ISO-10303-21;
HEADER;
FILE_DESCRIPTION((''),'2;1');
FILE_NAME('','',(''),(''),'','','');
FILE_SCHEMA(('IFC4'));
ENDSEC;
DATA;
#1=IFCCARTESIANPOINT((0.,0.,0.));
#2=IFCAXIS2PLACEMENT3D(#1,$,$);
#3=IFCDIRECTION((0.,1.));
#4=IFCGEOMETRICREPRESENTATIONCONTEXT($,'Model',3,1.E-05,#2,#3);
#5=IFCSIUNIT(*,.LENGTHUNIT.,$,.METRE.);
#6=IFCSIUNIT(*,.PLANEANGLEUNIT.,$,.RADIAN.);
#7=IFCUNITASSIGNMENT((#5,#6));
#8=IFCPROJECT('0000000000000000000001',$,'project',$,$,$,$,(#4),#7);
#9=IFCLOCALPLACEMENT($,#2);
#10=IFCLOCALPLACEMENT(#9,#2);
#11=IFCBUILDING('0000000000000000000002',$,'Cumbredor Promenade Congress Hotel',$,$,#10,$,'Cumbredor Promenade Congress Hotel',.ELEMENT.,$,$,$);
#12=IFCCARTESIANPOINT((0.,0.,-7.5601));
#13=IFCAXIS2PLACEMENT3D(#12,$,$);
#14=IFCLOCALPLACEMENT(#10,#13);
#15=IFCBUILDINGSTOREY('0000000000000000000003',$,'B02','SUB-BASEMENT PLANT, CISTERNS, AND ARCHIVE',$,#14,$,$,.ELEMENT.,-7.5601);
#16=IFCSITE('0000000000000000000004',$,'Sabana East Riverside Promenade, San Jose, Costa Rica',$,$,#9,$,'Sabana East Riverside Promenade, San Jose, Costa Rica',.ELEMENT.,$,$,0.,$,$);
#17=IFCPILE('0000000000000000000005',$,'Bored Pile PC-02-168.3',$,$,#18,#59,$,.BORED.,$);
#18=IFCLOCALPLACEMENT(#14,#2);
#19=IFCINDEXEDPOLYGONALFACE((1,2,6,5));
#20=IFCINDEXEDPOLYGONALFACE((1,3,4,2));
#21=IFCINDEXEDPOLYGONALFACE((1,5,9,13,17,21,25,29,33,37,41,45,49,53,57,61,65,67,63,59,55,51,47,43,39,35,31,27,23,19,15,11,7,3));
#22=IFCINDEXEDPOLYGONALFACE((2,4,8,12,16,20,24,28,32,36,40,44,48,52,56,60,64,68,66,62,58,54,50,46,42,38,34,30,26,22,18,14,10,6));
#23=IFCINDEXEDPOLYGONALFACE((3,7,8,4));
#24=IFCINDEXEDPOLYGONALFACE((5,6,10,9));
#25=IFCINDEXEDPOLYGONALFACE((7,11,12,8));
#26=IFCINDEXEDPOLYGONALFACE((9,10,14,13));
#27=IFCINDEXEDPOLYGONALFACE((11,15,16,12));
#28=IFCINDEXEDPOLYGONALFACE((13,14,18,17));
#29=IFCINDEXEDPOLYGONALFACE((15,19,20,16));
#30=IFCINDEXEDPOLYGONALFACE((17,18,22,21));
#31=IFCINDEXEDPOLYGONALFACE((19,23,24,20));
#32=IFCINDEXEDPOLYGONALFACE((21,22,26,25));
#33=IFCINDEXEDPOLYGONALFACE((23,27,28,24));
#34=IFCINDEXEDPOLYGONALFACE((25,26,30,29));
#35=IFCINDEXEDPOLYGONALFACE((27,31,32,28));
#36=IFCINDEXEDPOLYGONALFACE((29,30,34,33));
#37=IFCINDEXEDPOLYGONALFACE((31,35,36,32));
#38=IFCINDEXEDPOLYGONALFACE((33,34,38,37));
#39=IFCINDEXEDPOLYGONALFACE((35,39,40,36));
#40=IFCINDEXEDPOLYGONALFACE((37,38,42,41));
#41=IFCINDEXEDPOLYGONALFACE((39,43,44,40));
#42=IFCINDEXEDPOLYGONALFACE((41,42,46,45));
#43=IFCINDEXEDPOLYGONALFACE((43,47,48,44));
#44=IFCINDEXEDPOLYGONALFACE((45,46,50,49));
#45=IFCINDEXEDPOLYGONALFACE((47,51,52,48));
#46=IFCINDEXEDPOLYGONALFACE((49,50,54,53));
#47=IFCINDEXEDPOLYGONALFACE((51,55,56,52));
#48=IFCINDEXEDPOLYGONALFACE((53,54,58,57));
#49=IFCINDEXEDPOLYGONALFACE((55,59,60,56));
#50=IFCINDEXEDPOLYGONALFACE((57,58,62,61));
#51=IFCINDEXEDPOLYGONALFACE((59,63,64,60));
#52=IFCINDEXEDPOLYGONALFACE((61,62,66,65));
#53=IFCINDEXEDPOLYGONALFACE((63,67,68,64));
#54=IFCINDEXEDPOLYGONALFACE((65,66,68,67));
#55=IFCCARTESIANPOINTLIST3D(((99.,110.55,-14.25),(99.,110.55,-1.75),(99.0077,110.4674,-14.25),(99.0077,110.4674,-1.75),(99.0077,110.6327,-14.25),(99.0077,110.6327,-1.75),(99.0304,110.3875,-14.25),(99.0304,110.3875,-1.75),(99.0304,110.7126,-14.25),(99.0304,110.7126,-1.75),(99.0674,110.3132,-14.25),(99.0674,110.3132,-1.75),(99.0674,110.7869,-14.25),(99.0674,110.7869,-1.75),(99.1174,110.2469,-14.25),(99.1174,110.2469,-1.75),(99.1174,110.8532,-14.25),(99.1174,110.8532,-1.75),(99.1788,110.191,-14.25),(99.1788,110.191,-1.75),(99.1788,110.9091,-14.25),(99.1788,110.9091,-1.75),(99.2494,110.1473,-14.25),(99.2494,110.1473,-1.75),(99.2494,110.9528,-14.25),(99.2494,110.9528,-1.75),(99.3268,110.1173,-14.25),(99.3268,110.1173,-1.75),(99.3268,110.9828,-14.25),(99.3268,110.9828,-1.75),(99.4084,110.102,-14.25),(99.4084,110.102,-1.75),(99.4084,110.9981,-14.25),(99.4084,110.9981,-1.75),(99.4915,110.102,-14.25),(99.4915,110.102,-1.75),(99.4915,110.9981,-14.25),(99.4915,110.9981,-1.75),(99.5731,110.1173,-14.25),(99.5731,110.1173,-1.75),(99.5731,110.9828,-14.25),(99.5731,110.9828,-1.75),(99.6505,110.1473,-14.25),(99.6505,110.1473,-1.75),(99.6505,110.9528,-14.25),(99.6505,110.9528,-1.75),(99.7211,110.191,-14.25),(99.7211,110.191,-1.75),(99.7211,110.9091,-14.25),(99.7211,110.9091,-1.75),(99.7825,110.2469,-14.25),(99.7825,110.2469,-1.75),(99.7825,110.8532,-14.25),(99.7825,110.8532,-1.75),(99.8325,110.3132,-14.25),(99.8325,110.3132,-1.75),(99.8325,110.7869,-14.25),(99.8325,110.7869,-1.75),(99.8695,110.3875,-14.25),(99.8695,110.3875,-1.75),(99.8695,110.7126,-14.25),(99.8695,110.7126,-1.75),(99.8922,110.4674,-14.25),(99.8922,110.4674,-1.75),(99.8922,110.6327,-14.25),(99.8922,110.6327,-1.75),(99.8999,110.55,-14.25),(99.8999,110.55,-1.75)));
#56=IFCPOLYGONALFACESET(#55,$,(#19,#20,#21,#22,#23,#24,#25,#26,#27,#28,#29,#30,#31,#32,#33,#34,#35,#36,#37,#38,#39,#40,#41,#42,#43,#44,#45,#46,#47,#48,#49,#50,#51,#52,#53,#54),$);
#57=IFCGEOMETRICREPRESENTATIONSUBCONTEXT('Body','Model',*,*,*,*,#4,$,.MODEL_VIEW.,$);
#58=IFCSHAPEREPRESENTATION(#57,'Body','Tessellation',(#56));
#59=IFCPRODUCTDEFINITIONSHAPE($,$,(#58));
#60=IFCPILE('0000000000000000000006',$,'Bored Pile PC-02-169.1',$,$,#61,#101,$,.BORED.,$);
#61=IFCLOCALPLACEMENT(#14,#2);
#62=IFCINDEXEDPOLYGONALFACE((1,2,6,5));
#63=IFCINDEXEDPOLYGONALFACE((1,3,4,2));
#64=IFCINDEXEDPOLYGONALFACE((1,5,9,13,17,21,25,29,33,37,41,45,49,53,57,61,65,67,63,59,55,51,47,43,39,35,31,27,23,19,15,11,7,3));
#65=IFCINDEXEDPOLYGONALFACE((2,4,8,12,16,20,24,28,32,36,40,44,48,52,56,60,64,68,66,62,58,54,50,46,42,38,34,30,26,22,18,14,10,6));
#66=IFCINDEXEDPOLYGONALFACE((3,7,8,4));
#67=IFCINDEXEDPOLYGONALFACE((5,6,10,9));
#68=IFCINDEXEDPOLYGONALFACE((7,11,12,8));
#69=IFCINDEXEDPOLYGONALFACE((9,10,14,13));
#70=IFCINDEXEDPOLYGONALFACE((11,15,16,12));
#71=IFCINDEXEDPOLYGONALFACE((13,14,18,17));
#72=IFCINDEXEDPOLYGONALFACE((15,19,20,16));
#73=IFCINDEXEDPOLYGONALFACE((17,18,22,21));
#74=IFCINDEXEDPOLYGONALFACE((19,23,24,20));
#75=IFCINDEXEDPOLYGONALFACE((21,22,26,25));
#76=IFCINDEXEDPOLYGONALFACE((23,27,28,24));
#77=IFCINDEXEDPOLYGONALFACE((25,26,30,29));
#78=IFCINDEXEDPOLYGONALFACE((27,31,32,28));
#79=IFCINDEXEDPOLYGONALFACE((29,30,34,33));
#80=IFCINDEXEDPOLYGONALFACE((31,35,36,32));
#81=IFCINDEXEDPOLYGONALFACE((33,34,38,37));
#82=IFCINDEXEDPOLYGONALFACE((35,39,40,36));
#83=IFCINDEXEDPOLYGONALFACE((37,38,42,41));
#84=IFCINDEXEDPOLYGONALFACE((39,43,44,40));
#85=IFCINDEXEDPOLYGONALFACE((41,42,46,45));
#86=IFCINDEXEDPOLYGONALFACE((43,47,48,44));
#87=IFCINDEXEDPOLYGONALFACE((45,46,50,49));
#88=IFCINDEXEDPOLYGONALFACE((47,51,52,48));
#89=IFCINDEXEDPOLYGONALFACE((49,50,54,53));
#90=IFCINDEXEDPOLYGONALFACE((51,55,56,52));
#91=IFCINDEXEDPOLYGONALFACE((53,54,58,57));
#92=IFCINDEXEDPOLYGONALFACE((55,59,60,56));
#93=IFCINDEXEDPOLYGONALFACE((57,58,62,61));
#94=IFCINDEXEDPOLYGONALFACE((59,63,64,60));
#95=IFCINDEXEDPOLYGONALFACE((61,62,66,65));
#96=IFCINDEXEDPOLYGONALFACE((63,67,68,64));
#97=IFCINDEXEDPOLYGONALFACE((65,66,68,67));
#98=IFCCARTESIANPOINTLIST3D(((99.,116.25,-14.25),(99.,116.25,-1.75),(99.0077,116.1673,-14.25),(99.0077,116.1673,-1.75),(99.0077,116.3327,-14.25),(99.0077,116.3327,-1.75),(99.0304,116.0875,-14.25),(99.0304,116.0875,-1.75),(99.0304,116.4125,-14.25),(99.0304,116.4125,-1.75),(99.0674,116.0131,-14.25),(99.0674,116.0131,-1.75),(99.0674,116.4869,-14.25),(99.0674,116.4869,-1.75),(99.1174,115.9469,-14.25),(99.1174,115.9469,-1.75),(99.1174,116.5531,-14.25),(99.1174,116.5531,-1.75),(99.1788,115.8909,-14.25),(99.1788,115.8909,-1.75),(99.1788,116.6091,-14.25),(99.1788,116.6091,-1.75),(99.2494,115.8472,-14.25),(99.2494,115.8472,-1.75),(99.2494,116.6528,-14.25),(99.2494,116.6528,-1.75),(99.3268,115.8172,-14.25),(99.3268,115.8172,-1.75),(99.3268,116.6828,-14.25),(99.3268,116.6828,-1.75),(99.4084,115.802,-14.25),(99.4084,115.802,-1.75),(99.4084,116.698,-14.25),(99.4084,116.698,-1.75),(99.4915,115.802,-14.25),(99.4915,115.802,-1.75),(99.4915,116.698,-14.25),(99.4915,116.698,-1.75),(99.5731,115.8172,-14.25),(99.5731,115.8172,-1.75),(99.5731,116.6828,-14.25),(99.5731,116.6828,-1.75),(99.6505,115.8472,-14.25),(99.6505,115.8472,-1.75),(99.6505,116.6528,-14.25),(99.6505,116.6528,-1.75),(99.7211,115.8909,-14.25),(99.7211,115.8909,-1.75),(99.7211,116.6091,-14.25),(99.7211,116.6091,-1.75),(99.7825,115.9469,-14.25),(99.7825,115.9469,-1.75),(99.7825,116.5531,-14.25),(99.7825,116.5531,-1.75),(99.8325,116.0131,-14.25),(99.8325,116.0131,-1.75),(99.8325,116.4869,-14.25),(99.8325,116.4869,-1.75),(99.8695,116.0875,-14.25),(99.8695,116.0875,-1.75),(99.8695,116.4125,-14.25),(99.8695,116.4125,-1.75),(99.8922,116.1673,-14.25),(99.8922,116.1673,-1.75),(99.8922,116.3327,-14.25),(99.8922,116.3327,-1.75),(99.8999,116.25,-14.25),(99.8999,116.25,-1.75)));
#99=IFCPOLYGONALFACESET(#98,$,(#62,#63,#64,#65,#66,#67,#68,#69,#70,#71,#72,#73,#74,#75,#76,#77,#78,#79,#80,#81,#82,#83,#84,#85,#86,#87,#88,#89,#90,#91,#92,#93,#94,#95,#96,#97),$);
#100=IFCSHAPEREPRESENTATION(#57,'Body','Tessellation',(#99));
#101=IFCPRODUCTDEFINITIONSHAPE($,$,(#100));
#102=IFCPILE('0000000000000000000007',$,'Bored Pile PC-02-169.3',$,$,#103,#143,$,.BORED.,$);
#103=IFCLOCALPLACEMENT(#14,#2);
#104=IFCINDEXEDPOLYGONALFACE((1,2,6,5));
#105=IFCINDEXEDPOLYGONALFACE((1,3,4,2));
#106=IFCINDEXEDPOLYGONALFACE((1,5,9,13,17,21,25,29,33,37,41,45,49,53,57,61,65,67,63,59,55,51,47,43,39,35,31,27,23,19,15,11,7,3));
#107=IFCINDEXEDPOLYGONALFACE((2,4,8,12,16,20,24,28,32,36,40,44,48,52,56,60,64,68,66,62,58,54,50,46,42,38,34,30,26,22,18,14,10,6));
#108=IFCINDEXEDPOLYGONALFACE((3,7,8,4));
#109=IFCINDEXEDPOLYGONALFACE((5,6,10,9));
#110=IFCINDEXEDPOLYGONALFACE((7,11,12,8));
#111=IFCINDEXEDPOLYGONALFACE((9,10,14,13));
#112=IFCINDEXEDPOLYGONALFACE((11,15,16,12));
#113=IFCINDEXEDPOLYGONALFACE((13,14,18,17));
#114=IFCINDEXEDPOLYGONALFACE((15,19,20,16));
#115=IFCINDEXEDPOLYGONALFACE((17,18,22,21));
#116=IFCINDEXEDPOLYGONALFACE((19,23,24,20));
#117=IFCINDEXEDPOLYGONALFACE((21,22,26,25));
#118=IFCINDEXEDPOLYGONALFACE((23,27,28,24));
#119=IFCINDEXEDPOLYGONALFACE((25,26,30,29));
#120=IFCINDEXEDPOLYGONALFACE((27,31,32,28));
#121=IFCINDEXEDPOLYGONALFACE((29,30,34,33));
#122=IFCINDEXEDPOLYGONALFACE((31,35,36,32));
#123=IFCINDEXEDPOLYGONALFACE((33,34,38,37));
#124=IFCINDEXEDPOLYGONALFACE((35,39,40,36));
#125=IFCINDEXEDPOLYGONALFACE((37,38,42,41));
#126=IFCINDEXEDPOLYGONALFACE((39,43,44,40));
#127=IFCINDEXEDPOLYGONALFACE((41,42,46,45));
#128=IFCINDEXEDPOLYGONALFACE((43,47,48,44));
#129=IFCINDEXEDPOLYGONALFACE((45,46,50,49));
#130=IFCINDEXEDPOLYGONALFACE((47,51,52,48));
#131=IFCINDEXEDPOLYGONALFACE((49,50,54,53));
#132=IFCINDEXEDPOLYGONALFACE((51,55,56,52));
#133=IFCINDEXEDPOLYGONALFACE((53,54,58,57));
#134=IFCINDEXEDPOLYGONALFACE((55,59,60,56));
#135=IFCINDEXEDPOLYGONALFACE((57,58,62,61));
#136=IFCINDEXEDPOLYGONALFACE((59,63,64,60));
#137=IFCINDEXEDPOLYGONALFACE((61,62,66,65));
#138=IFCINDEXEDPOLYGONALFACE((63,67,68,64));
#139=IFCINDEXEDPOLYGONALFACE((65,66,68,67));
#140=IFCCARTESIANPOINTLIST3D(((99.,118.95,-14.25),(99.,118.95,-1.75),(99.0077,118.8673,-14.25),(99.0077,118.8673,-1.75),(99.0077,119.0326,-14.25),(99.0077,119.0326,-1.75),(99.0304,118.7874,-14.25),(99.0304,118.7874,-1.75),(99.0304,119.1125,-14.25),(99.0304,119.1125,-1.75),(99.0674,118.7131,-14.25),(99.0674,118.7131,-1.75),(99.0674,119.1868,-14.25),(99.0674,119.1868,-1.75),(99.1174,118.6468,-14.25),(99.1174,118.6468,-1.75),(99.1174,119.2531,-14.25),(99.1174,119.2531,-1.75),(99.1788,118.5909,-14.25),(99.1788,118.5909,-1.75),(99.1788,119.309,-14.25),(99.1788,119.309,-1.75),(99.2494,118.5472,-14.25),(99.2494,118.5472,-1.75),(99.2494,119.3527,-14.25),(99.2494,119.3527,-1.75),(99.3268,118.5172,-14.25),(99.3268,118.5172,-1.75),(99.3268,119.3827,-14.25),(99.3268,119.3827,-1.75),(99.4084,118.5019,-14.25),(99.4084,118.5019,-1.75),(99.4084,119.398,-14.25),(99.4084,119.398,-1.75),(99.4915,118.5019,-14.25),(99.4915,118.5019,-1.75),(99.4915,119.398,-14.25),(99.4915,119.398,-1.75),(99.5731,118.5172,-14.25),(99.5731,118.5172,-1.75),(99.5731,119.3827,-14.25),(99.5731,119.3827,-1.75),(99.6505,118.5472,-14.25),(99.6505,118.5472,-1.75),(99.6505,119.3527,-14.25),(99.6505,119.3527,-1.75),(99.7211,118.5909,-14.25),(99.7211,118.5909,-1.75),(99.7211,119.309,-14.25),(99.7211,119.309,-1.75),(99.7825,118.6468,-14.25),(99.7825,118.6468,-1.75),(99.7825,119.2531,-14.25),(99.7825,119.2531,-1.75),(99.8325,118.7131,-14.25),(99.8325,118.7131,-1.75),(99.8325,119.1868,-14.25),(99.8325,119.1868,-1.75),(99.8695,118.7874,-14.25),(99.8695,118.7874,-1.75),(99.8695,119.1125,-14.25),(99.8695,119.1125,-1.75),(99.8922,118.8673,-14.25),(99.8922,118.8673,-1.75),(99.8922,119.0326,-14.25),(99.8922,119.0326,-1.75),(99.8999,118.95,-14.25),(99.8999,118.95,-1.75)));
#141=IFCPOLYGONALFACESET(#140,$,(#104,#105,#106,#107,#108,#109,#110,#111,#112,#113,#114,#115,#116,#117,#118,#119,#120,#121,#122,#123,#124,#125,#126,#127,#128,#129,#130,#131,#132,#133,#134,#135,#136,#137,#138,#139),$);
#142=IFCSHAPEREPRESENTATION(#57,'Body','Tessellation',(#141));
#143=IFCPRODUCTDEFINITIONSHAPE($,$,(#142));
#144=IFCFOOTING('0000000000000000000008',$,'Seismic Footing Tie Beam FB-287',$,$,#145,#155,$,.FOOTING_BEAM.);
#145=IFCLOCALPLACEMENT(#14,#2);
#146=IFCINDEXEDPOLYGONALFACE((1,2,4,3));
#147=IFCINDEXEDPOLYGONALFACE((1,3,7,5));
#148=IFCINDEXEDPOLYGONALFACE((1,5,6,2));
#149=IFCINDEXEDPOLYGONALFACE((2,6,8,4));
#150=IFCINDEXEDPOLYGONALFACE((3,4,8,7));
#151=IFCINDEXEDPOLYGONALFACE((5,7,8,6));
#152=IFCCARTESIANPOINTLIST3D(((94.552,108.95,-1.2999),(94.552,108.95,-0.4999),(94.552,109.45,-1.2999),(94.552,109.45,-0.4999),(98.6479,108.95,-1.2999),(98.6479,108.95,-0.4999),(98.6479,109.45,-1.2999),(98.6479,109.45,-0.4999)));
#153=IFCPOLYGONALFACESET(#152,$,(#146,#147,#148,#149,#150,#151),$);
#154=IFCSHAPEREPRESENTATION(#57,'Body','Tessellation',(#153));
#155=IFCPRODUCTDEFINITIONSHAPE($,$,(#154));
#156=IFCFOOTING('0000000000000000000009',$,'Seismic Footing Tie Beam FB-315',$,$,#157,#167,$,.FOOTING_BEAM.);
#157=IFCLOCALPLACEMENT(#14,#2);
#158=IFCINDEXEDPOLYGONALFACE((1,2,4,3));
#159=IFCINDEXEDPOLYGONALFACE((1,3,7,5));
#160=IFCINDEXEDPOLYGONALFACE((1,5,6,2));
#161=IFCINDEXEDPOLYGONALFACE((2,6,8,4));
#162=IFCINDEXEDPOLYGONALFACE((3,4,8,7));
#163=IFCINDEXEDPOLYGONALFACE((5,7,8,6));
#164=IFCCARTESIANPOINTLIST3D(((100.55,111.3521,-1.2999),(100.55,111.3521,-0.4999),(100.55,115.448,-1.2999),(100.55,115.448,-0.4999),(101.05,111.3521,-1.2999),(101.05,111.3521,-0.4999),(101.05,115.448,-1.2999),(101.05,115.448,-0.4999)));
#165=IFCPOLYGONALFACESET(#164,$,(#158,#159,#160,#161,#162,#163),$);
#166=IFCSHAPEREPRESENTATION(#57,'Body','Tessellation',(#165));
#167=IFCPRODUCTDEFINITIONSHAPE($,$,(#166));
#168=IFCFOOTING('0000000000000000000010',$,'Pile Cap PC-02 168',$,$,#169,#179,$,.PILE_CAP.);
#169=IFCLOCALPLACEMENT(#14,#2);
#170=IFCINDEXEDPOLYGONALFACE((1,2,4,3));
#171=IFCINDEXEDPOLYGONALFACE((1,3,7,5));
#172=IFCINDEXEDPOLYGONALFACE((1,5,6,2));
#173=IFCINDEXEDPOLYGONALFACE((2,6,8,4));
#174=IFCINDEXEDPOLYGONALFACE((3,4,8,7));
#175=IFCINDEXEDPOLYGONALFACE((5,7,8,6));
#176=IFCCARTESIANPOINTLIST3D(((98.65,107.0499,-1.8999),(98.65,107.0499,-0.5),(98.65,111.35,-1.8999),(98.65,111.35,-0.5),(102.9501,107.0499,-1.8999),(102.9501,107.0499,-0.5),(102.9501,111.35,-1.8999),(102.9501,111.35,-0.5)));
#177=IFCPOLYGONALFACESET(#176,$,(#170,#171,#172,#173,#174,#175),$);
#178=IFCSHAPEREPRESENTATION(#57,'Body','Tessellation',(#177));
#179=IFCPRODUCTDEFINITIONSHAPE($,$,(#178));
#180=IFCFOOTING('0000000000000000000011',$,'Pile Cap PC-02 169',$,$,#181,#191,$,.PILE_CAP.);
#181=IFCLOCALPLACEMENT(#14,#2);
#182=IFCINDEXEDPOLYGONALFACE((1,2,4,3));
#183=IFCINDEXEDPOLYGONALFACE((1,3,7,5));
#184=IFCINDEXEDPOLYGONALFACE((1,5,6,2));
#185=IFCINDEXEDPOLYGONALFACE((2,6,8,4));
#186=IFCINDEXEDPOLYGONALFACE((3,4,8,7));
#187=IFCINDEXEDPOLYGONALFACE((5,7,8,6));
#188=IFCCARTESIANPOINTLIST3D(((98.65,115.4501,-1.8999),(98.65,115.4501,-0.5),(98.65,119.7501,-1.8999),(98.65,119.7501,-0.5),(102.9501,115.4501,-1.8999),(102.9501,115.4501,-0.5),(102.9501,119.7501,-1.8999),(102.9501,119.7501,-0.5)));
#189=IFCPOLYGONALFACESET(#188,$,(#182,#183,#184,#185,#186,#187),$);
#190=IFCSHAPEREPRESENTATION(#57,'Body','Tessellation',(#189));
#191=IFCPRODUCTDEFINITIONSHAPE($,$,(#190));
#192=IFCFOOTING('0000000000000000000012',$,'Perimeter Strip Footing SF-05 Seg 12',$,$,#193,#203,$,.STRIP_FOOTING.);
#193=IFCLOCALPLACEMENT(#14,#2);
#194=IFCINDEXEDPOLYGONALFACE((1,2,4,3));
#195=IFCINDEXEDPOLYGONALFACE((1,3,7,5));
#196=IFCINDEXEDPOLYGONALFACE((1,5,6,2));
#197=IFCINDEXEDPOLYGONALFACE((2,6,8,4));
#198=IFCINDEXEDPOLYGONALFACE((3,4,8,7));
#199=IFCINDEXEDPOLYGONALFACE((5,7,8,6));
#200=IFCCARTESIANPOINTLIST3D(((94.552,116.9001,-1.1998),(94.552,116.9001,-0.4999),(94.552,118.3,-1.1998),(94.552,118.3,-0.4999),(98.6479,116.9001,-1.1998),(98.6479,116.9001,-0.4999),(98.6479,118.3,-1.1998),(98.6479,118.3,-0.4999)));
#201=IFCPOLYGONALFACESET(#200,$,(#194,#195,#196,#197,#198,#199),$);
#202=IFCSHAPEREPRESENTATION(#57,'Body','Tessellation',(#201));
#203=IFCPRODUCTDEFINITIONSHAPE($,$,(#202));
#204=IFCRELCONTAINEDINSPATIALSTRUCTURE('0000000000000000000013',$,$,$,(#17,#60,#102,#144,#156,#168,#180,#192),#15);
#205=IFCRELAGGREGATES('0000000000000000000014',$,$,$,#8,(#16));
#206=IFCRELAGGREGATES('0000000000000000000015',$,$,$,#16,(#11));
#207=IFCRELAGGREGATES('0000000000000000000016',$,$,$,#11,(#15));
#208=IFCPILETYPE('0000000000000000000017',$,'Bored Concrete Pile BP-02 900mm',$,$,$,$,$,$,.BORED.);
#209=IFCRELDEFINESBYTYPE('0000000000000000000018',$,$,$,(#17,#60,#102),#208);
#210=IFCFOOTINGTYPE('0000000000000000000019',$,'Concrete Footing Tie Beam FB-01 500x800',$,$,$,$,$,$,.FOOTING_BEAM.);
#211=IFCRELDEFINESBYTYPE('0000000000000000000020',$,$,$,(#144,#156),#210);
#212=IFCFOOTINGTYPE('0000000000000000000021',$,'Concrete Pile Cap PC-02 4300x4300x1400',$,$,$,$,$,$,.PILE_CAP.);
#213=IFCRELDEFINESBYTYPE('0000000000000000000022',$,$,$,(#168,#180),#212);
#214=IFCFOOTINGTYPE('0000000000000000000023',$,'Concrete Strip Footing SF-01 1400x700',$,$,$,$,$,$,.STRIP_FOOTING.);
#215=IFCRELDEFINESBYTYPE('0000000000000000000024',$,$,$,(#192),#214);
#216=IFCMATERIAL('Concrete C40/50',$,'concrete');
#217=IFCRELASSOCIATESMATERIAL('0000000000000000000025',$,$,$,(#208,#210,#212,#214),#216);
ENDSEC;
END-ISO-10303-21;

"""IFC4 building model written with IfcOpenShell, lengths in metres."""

from ifc_helpers import new_model, si_unit, direction, frame, origin, origin_2d, place, context, subcontext, project, spatial, rectangle, circle, extrude, material, material_profile, profile_set, type_object, element, save


model = new_model("IFC4")

# Units and contexts
model_context = context("Model", 3, precision=1e-05, world=origin(), true_north=direction((0.0, 1.0)))
body_context = subcontext(model_context, "Body", "Model", "MODEL_VIEW")
ifc_project = project(units=[si_unit("LENGTHUNIT", "METRE"), si_unit("PLANEANGLEUNIT", "RADIAN")], contexts=[model_context])

# Site, building, storey
site_placement = place(None, origin())
site = spatial("IfcSite", under=ifc_project, at=site_placement, Name="Sabana East Riverside Promenade, San Jose, Costa Rica", LongName="Sabana East Riverside Promenade, San Jose, Costa Rica", CompositionType="ELEMENT", RefElevation=0.0)
building_placement = place(site_placement, origin())
building = spatial("IfcBuilding", under=site, at=building_placement, Name="Cumbredor Promenade Congress Hotel", LongName="Cumbredor Promenade Congress Hotel", CompositionType="ELEMENT")
storey_placement = place(building_placement, frame((0.0, 0.0, -7.5601)))
storey = spatial("IfcBuildingStorey", under=building, at=storey_placement, Name="B02", Description="SUB-BASEMENT PLANT, CISTERNS, AND ARCHIVE", CompositionType="ELEMENT", Elevation=-7.5601)

# Piles
ifc_material_1 = material(Name="Concrete C40/50", Category="concrete")
ifc_material_profile_1 = material_profile(ifc_material_1, circle(Radius=0.45, at=origin_2d()), Name="PILE D900")
ifc_profile_set_1 = profile_set([ifc_material_profile_1], Name="Concrete C40/50")
pile_type = type_object("IfcPileType", Name="Bored Concrete Pile BP-02 900mm", PredefinedType="BORED", material=ifc_profile_set_1)
for number, where, z_axis, x_axis, name in (
    (1, (99.45, 110.55, -1.75), (0.0, 0.0, -1.0), (1.0, 0.0, 0.0), "Bored Pile PC-02-168.3"),
    (2, (99.45, 116.25, -1.75), (0.0, 0.0, -1.0), (1.0, 0.0, 0.0), "Bored Pile PC-02-169.1"),
    (3, (99.45, 118.95, -1.75), (0.0, 0.0, -1.0), (1.0, 0.0, 0.0), "Bored Pile PC-02-169.3"),
):
    element("IfcPile", number, at=place(storey_placement, frame(where, z_axis=z_axis, x_axis=x_axis)), inside=storey, type_object=pile_type, Name=name, PredefinedType="BORED", context=body_context, shape_type="SweptSolid", body=[
        extrude(circle(Radius=0.45, at=origin_2d()), origin(), (0.0, 0.0, 1.0), 12.5),
    ])

# Footings
ifc_material_profile_2 = material_profile(ifc_material_1, rectangle(XDim=0.5, YDim=0.8, at=origin_2d()), Name="FB 500x800")
ifc_profile_set_2 = profile_set([ifc_material_profile_2], Name="Concrete C40/50")
footing_type_1 = type_object("IfcFootingType", Name="Concrete Footing Tie Beam FB-01 500x800", PredefinedType="FOOTING_BEAM", material=ifc_profile_set_2)
for number, where, z_axis, x_axis, name in (
    (4, (94.552, 109.2, -0.8999), (1.0, 0.0, 0.0), (0.0, 1.0, 0.0), "Seismic Footing Tie Beam FB-287"),
    (5, (100.8, 111.3521, -0.8999), (0.0, 1.0, 0.0), (-1.0, 0.0, 0.0), "Seismic Footing Tie Beam FB-315"),
):
    element("IfcFooting", number, at=place(storey_placement, frame(where, z_axis=z_axis, x_axis=x_axis)), inside=storey, type_object=footing_type_1, Name=name, PredefinedType="FOOTING_BEAM", context=body_context, shape_type="SweptSolid", body=[
        extrude(rectangle(XDim=0.5, YDim=0.8, at=origin_2d()), origin(), (0.0, 0.0, 1.0), 4.0959),
    ])
footing_type_2 = type_object("IfcFootingType", Name="Concrete Pile Cap PC-02 4300x4300x1400", PredefinedType="PILE_CAP", material=ifc_material_1)
for number, where, z_axis, x_axis, name in (
    (6, (100.8, 109.2, -1.8999), (0.0, 0.0, 1.0), (1.0, 0.0, 0.0), "Pile Cap PC-02 168"),
    (7, (100.8, 117.6001, -1.8999), (0.0, 0.0, 1.0), (1.0, 0.0, 0.0), "Pile Cap PC-02 169"),
):
    element("IfcFooting", number, at=place(storey_placement, frame(where, z_axis=z_axis, x_axis=x_axis)), inside=storey, type_object=footing_type_2, Name=name, PredefinedType="PILE_CAP", context=body_context, shape_type="SweptSolid", body=[
        extrude(rectangle(XDim=4.3, YDim=4.3, at=origin_2d()), origin(), (0.0, 0.0, 1.0), 1.3999),
    ])
ifc_material_profile_3 = material_profile(ifc_material_1, rectangle(XDim=1.3999, YDim=0.7, at=origin_2d()), Name="SF 1400x700")
ifc_profile_set_3 = profile_set([ifc_material_profile_3], Name="Concrete C40/50")
footing_type_3 = type_object("IfcFootingType", Name="Concrete Strip Footing SF-01 1400x700", PredefinedType="STRIP_FOOTING", material=ifc_profile_set_3)
footing_placement = place(storey_placement, frame((94.552, 117.6001, -0.8499), z_axis=(1.0, 0.0, 0.0), x_axis=(0.0, 1.0, 0.0)))
element("IfcFooting", 8, at=footing_placement, inside=storey, type_object=footing_type_3, Name="Perimeter Strip Footing SF-05 Seg 12", PredefinedType="STRIP_FOOTING", context=body_context, shape_type="SweptSolid", body=[
    extrude(rectangle(XDim=1.3999, YDim=0.7, at=origin_2d()), origin(), (0.0, 0.0, 1.0), 4.0959),
])

save(model, "model.ifc")
